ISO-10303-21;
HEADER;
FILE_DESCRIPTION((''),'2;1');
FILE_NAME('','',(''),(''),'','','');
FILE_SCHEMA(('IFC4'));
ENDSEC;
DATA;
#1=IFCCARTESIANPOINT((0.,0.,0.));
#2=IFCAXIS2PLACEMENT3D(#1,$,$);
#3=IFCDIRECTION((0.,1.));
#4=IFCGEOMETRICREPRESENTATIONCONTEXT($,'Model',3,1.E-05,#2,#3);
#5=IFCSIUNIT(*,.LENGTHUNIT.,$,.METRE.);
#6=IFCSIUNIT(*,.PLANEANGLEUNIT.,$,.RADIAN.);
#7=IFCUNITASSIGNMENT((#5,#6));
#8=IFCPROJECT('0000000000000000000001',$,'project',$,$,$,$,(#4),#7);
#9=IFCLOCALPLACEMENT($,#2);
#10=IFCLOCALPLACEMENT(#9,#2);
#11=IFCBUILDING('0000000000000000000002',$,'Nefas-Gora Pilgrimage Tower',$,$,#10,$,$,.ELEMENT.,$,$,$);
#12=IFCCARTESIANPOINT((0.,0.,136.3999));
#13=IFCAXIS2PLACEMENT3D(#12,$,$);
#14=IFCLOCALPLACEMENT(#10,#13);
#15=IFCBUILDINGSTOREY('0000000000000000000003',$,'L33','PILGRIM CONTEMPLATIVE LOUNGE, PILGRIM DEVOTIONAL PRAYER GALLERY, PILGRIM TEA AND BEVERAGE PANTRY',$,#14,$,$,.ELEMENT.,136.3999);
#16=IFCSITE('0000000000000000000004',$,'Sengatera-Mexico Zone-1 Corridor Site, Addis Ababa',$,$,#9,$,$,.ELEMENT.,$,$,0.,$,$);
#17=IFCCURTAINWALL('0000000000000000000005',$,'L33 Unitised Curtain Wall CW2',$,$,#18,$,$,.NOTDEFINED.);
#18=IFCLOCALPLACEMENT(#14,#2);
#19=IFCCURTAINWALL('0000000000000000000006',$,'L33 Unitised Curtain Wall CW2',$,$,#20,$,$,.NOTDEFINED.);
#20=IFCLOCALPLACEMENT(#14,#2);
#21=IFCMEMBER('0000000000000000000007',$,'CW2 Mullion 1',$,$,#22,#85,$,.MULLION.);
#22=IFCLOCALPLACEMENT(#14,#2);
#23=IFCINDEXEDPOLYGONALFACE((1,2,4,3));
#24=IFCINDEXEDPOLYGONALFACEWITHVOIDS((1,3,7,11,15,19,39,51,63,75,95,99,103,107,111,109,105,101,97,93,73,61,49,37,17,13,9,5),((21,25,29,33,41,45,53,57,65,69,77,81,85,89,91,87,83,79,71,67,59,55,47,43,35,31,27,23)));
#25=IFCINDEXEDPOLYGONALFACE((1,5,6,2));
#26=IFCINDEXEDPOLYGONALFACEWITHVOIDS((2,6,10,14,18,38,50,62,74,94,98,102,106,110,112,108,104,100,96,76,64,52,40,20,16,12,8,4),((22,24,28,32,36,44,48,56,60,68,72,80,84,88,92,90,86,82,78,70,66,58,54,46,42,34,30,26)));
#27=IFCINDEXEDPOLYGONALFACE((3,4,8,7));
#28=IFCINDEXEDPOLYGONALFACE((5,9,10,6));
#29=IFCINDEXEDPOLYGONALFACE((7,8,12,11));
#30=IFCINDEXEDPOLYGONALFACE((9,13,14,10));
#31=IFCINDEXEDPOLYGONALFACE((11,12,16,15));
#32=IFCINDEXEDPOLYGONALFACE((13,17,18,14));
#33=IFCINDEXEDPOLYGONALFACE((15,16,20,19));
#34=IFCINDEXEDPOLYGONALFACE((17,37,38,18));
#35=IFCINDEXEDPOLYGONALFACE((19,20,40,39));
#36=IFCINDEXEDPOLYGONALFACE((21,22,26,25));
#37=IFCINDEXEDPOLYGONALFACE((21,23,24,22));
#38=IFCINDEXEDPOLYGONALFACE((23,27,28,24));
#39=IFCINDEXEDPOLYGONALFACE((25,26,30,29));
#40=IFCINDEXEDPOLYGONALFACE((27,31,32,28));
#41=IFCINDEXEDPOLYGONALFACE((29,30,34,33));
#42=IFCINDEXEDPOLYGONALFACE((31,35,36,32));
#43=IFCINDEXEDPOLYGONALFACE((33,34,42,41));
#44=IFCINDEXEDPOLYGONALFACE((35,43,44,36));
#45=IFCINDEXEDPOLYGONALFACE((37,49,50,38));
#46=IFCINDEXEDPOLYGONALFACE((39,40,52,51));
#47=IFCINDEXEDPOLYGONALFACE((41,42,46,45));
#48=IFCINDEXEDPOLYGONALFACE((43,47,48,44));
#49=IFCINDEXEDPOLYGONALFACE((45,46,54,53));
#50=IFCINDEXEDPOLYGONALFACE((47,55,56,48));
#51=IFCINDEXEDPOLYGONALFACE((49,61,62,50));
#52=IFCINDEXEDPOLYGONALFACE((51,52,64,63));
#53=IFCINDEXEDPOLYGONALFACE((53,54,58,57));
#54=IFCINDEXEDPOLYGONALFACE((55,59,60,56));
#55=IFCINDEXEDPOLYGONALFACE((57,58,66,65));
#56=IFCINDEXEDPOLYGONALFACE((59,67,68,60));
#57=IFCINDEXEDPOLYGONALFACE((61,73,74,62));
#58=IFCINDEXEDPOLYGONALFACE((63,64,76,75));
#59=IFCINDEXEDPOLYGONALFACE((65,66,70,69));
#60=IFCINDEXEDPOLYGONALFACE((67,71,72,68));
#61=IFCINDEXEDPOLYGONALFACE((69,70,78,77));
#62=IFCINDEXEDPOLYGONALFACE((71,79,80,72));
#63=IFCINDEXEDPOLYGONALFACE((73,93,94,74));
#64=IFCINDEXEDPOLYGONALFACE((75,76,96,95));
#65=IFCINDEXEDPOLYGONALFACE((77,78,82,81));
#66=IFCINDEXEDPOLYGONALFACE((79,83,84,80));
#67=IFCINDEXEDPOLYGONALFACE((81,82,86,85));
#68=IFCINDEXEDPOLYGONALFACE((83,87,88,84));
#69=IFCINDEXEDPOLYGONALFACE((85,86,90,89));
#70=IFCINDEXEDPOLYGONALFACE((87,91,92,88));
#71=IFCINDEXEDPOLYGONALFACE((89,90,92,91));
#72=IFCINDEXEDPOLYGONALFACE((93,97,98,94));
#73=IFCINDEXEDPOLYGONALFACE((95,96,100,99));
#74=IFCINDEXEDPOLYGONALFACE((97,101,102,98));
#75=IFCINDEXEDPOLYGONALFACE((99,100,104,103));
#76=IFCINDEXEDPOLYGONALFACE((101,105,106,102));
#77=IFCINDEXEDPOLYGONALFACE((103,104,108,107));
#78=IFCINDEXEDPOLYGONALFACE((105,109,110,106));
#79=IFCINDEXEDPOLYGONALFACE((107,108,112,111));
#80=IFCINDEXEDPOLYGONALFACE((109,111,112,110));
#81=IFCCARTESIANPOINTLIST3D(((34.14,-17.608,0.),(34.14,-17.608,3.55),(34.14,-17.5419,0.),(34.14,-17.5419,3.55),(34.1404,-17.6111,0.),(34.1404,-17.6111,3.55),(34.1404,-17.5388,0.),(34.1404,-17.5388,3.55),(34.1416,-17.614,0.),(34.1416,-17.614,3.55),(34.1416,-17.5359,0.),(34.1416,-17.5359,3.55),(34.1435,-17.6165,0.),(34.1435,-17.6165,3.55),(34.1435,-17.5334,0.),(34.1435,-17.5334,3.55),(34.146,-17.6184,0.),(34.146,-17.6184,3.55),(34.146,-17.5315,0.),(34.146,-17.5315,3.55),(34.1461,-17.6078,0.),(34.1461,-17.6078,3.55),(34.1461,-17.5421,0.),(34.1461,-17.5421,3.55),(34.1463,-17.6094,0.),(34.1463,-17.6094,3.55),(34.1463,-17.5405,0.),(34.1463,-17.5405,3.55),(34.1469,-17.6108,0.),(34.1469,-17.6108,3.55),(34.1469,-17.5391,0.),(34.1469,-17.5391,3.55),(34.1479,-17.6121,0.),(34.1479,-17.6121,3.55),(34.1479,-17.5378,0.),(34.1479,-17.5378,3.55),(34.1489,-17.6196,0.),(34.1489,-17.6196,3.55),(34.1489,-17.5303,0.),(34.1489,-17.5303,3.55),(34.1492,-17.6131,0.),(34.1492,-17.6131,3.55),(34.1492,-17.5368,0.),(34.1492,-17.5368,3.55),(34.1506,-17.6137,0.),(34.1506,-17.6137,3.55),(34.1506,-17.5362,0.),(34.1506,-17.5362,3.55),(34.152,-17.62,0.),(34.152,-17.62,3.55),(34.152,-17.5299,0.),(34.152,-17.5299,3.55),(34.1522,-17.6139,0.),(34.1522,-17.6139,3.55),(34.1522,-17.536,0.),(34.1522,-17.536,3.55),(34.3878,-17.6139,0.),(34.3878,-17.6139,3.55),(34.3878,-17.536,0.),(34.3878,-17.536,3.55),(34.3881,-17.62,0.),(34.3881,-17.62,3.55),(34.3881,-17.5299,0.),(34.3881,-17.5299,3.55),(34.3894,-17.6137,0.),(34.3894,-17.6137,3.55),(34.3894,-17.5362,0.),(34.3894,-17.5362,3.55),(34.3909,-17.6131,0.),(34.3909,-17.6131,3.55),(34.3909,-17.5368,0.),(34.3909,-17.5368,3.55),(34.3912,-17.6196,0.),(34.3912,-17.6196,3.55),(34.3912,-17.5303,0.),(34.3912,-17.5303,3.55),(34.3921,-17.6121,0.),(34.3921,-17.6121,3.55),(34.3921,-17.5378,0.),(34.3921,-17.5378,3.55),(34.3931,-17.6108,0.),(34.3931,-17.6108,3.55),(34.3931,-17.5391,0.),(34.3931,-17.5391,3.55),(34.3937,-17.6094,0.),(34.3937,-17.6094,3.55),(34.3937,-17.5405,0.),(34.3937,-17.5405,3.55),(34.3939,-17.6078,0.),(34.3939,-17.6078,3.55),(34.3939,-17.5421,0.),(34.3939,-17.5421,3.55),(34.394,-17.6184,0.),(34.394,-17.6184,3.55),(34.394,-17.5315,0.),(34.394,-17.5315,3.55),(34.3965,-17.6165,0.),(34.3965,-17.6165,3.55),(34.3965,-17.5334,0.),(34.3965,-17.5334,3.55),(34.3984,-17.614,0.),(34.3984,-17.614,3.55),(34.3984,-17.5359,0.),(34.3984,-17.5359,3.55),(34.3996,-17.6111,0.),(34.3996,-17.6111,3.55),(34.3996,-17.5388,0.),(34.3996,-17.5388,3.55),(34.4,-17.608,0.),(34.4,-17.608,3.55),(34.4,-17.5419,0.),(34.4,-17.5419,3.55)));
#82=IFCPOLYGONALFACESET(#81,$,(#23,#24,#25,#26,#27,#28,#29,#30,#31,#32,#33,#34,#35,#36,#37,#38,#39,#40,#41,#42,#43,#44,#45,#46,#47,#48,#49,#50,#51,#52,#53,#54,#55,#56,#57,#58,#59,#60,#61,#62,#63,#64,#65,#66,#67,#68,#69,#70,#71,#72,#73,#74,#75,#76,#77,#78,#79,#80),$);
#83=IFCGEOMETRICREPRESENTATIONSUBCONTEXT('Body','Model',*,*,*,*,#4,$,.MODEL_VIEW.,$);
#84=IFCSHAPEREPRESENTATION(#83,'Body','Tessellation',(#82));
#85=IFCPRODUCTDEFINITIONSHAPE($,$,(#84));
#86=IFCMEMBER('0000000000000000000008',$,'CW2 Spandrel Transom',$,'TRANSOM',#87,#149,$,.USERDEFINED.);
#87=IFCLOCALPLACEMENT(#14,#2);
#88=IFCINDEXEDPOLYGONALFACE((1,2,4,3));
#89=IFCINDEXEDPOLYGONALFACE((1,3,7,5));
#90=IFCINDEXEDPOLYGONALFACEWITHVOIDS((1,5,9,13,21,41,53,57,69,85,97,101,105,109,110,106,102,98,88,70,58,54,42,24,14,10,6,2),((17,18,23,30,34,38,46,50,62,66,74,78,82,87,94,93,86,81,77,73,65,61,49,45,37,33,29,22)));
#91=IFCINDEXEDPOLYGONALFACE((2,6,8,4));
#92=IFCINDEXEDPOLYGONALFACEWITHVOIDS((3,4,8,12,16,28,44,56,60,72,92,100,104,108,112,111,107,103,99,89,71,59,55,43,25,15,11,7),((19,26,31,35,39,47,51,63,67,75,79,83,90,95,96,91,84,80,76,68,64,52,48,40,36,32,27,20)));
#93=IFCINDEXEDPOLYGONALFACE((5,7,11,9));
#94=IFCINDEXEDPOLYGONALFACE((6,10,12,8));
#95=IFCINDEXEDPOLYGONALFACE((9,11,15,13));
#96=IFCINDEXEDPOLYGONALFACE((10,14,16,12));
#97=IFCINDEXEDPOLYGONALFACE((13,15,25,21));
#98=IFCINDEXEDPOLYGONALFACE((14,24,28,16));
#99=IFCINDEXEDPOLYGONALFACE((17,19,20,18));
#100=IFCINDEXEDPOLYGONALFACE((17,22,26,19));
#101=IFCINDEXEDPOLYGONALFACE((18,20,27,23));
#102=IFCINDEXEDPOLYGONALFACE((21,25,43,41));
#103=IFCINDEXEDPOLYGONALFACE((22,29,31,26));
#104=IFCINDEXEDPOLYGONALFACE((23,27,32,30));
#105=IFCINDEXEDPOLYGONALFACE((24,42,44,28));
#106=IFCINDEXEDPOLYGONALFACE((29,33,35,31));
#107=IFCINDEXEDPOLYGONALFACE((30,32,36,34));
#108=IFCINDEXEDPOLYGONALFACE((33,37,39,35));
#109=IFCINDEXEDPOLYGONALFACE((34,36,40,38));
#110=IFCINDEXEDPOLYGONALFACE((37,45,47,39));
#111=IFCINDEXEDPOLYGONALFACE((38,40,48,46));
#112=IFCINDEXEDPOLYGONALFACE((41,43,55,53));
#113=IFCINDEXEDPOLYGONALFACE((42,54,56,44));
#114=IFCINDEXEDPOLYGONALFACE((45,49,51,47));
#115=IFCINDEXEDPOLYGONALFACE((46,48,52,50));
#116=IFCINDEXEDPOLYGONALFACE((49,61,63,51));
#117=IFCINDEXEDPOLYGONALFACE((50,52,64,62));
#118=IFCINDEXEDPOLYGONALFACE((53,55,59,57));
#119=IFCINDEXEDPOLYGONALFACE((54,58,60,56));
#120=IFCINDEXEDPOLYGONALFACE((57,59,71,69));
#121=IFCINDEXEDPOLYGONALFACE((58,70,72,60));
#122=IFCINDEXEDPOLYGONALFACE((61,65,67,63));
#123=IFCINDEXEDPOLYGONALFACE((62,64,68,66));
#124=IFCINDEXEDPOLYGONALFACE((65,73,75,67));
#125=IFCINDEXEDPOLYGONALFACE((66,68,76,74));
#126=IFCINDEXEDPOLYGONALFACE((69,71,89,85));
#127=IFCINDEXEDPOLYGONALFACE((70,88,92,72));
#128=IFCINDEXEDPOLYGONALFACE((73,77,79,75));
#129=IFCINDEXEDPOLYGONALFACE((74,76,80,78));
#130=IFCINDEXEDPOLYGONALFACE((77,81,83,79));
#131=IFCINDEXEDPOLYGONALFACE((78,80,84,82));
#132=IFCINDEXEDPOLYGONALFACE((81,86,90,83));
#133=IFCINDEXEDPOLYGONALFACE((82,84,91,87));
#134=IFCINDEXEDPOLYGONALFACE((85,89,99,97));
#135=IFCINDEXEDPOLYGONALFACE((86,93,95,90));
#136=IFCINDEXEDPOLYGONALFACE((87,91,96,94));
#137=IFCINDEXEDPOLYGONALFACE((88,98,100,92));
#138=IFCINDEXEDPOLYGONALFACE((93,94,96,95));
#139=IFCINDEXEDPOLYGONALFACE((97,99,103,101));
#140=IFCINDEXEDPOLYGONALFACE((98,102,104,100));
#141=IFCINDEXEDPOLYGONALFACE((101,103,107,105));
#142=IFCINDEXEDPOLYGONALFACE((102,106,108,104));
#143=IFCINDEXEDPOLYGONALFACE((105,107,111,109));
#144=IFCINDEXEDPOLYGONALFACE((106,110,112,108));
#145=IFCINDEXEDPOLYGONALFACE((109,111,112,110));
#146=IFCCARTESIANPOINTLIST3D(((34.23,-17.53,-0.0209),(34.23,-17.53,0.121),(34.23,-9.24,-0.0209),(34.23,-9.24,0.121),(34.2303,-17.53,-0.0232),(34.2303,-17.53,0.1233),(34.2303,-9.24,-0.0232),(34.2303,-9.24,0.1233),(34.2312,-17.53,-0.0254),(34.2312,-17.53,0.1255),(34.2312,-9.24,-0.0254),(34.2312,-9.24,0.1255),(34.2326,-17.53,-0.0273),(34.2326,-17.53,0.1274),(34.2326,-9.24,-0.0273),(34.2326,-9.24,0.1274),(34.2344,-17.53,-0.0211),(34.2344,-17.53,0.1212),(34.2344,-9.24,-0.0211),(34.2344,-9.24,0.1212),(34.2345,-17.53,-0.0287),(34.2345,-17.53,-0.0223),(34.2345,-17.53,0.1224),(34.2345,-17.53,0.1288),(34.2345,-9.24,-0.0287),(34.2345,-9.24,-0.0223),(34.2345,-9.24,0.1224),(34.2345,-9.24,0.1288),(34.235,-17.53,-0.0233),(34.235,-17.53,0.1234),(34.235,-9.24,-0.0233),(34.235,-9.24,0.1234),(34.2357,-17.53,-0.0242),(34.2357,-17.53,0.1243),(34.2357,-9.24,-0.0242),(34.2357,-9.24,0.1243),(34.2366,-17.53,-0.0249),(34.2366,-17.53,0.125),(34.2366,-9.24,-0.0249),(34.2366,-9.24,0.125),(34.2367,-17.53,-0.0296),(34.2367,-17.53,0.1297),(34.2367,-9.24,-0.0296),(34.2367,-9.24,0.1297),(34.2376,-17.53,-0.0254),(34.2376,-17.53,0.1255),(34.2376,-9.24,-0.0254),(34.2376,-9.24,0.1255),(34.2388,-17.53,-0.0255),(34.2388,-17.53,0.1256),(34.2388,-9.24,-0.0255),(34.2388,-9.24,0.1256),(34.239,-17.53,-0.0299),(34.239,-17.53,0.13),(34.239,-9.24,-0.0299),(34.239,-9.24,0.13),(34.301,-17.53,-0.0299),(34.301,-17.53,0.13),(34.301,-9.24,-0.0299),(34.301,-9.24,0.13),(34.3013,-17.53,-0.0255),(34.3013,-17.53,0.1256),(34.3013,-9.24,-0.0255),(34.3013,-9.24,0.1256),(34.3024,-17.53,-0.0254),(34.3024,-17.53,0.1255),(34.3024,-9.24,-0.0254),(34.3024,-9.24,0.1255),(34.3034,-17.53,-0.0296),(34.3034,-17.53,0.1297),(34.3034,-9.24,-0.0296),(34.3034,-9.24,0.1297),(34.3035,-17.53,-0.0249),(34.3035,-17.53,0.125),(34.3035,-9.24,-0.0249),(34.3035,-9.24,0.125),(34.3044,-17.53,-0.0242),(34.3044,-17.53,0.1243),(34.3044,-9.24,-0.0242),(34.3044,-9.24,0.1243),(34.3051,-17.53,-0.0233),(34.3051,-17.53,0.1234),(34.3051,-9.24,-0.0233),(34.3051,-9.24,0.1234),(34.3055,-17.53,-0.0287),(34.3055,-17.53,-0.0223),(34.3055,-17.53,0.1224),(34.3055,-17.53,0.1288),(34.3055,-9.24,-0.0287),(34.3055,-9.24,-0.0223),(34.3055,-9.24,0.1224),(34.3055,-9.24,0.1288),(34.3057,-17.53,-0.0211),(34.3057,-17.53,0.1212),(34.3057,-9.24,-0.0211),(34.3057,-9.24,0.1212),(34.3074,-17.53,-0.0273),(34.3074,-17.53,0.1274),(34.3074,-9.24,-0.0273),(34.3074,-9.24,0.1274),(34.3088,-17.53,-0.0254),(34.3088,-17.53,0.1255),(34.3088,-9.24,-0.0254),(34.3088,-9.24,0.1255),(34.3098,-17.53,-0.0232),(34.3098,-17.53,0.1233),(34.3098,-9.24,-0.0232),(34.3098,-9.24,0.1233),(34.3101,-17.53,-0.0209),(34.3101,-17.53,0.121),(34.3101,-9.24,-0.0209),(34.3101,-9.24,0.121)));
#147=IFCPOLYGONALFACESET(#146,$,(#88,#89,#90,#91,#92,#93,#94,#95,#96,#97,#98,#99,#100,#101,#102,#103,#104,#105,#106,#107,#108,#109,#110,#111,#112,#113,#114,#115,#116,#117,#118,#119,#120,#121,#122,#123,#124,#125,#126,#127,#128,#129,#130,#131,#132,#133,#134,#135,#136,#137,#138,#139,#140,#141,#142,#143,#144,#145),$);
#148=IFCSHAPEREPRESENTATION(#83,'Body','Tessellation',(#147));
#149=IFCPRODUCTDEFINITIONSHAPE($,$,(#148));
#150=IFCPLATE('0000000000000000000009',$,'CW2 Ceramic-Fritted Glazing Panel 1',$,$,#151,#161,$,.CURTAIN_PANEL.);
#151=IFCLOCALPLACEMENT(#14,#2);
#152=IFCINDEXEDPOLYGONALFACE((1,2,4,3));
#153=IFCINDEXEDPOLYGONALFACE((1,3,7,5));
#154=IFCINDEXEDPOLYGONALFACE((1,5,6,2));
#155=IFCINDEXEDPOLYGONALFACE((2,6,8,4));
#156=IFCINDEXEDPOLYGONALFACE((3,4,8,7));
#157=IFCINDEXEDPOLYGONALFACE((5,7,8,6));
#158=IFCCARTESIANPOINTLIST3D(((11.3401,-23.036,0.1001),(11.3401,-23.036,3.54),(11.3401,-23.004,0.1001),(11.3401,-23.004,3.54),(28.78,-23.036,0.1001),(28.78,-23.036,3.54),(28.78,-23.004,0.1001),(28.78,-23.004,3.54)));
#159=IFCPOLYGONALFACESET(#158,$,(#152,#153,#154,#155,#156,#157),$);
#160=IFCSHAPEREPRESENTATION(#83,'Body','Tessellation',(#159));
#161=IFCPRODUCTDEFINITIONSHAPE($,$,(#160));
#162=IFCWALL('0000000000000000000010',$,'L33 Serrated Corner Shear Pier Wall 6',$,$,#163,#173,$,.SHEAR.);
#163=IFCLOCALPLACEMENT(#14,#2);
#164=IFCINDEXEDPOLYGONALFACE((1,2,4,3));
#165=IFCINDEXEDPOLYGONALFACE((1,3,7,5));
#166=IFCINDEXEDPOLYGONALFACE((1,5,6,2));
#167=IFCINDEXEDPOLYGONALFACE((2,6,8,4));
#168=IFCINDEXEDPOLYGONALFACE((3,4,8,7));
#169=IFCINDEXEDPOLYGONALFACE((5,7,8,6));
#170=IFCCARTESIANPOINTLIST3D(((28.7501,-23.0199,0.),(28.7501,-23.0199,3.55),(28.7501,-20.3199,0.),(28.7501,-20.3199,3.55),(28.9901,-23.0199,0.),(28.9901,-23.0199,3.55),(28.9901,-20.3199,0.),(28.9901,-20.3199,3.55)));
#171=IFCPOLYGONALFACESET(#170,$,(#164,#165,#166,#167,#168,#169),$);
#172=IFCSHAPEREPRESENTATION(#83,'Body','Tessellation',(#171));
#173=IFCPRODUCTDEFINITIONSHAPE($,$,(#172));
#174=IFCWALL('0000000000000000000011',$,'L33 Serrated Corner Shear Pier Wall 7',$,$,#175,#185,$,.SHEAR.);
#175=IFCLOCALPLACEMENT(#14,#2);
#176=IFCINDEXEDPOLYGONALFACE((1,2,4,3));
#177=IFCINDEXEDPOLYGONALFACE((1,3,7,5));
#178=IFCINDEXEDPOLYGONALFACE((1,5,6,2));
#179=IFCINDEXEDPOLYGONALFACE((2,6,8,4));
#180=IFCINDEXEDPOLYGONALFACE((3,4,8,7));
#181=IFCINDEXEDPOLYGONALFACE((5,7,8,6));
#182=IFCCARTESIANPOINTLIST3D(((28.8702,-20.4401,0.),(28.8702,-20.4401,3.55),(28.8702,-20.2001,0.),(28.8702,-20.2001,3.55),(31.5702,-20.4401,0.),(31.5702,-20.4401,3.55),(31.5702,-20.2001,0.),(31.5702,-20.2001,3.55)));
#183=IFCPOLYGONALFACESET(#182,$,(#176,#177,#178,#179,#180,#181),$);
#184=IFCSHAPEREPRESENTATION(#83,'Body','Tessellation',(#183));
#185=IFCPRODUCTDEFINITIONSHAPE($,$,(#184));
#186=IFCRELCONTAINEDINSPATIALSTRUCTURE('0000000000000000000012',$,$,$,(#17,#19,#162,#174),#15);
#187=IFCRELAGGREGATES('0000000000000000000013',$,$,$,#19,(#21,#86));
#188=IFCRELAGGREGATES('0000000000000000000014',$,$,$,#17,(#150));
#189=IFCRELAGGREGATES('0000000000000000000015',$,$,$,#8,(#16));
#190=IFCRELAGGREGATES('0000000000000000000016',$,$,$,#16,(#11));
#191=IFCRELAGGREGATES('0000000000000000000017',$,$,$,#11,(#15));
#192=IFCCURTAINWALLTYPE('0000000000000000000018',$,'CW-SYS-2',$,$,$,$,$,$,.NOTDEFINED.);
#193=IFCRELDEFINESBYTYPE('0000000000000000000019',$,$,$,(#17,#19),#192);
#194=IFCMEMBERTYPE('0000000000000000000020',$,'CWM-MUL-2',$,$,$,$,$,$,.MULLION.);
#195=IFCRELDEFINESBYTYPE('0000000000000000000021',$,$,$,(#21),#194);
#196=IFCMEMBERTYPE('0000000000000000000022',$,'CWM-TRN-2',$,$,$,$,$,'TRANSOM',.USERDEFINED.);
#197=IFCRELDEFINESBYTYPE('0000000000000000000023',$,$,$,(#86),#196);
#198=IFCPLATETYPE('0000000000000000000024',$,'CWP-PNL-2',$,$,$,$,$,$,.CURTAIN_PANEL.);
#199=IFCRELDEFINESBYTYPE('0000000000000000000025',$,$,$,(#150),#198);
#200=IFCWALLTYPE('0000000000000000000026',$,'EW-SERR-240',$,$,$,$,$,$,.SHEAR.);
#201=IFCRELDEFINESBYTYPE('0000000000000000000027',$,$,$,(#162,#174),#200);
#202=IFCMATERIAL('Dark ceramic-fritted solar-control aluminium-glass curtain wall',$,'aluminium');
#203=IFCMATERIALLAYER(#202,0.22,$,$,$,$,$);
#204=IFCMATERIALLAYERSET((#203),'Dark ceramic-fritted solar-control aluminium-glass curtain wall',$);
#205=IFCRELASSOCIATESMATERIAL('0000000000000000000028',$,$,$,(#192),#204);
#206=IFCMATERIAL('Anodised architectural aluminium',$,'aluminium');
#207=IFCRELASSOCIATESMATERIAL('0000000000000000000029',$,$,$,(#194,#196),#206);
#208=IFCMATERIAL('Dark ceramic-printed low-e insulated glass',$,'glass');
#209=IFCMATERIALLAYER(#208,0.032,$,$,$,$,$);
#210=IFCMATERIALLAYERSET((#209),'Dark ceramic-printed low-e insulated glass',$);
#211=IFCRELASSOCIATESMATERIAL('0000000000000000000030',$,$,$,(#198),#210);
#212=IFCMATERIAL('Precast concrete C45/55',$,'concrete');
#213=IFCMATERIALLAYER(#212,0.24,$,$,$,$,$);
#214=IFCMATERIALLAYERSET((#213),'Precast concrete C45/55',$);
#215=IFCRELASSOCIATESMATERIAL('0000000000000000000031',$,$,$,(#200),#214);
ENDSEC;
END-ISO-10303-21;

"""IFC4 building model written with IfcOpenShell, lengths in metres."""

from ifc_helpers import new_model, si_unit, direction, frame, frame_2d, origin, origin_2d, place, context, subcontext, project, spatial, rectangle, hollow_rectangle, extrude, source, transform, mapped, material, layer, layer_set, material_profile, profile_set, type_object, element, aggregate, save


model = new_model("IFC4")

# Units and contexts
model_context = context("Model", 3, precision=1e-05, world=origin(), true_north=direction((0.0, 1.0)))
body_context = subcontext(model_context, "Body", "Model", "MODEL_VIEW")
ifc_project = project(units=[si_unit("LENGTHUNIT", "METRE"), si_unit("PLANEANGLEUNIT", "RADIAN")], contexts=[model_context])

# Site, building, storey
site_placement = place(None, origin())
site = spatial("IfcSite", under=ifc_project, at=site_placement, Name="Sengatera-Mexico Zone-1 Corridor Site, Addis Ababa", CompositionType="ELEMENT", RefElevation=0.0)
building_placement = place(site_placement, origin())
building = spatial("IfcBuilding", under=site, at=building_placement, Name="Nefas-Gora Pilgrimage Tower", CompositionType="ELEMENT")
storey_placement = place(building_placement, frame((0.0, 0.0, 136.3999)))
storey = spatial("IfcBuildingStorey", under=building, at=storey_placement, Name="L33", Description="PILGRIM CONTEMPLATIVE LOUNGE, PILGRIM DEVOTIONAL PRAYER GALLERY, PILGRIM TEA AND BEVERAGE PANTRY", CompositionType="ELEMENT", Elevation=136.3999)

# Curtain wall
ifc_material_1 = material(Name="Dark ceramic-fritted solar-control aluminium-glass curtain wall", Category="aluminium")
ifc_layer_1 = layer(ifc_material_1, 0.22)
ifc_layer_set_1 = layer_set([ifc_layer_1], Name="Dark ceramic-fritted solar-control aluminium-glass curtain wall")
curtain_wall_type = type_object("IfcCurtainWallType", Name="CW-SYS-2", PredefinedType="NOTDEFINED", material=ifc_layer_set_1)
curtain_wall_1_placement = place(storey_placement, origin())
curtain_wall_1 = element("IfcCurtainWall", 1, at=curtain_wall_1_placement, inside=storey, type_object=curtain_wall_type, Name="L33 Unitised Curtain Wall CW2", PredefinedType="NOTDEFINED")
ifc_material_2 = material(Name="Anodised architectural aluminium", Category="aluminium")
ifc_material_profile_1 = material_profile(ifc_material_2, hollow_rectangle(XDim=0.0901, YDim=0.26, WallThickness=0.0061, InnerFilletRadius=0.0061, OuterFilletRadius=0.012, at=origin_2d()), Name="ALU MULLION 90x260")
ifc_profile_set_1 = profile_set([ifc_material_profile_1], Name="Anodised architectural aluminium")
member_type_1 = type_object("IfcMemberType", Name="CWM-MUL-2", PredefinedType="MULLION", material=ifc_profile_set_1)
shared_shape_1 = source(origin(), body_context, "Body", "SweptSolid", [
    extrude(hollow_rectangle(XDim=0.0901, YDim=0.26, WallThickness=0.0061, InnerFilletRadius=0.0061, OuterFilletRadius=0.012, at=origin_2d()), origin(), (0.0, 0.0, 1.0), 3.55),
])

# Curtain wall, members
curtain_wall_2_placement = place(storey_placement, origin())
curtain_wall_2 = element("IfcCurtainWall", 2, at=curtain_wall_2_placement, inside=storey, type_object=curtain_wall_type, Name="L33 Unitised Curtain Wall CW2", PredefinedType="NOTDEFINED")
member_1_placement = place(storey_placement, frame((34.27, -17.575, 0.0), z_axis=(0.0, 0.0, 1.0), x_axis=(0.0, 1.0, 0.0)))
member_1 = element("IfcMember", 3, at=member_1_placement, type_object=member_type_1, Name="CW2 Mullion 1", PredefinedType="MULLION", context=body_context, shape_type="MappedRepresentation", body=[
    mapped(shared_shape_1, transform((0.0, 0.0, 0.0), x_axis=(1.0, 0.0, 0.0), y_axis=(0.0, 1.0, 0.0), z_axis=(0.0, 0.0, 1.0), scale=1.0)),
])
ifc_material_profile_2 = material_profile(ifc_material_2, hollow_rectangle(XDim=0.0801, YDim=0.1599, WallThickness=0.0044, InnerFilletRadius=0.0044, OuterFilletRadius=0.009, at=origin_2d()), Name="ALU TRANSOM 80x160")
ifc_profile_set_2 = profile_set([ifc_material_profile_2], Name="Anodised architectural aluminium")
member_type_2 = type_object("IfcMemberType", Name="CWM-TRN-2", ElementType="TRANSOM", PredefinedType="USERDEFINED", material=ifc_profile_set_2)
shared_shape_2 = source(origin(), body_context, "Body", "SweptSolid", [
    extrude(hollow_rectangle(XDim=0.0801, YDim=0.1599, WallThickness=0.0044, InnerFilletRadius=0.0044, OuterFilletRadius=0.009, at=origin_2d()), origin(), (0.0, 0.0, 1.0), 8.29),
])
member_2_placement = place(storey_placement, frame((34.27, -17.53, 0.05), z_axis=(0.0, 1.0, 0.0), x_axis=(-1.0, 0.0, 0.0)))
member_2 = element("IfcMember", 4, at=member_2_placement, type_object=member_type_2, Name="CW2 Spandrel Transom", ObjectType="TRANSOM", PredefinedType="USERDEFINED", context=body_context, shape_type="MappedRepresentation", body=[
    mapped(shared_shape_2, transform((0.0, 0.0, 0.0), x_axis=(1.0, 0.0, 0.0), y_axis=(0.0, 1.0, 0.0), z_axis=(0.0, 0.0, 1.0), scale=1.0)),
])
aggregate(curtain_wall_2, [member_1, member_2])

# Plate
ifc_material_3 = material(Name="Dark ceramic-printed low-e insulated glass", Category="glass")
ifc_layer_2 = layer(ifc_material_3, 0.032)
ifc_layer_set_2 = layer_set([ifc_layer_2], Name="Dark ceramic-printed low-e insulated glass")
plate_type = type_object("IfcPlateType", Name="CWP-PNL-2", PredefinedType="CURTAIN_PANEL", material=ifc_layer_set_2)
shared_shape_3 = source(origin(), body_context, "Body", "SweptSolid", [
    extrude(rectangle(XDim=17.4399, YDim=0.032, at=origin_2d()), origin(), (0.0, 0.0, 1.0), 3.4399),
])
plate_placement = place(storey_placement, frame((20.0601, -23.02, 0.1001), z_axis=(0.0, 0.0, 1.0), x_axis=(1.0, 0.0, 0.0)))
plate = element("IfcPlate", 5, at=plate_placement, type_object=plate_type, Name="CW2 Ceramic-Fritted Glazing Panel 1", PredefinedType="CURTAIN_PANEL", context=body_context, shape_type="MappedRepresentation", body=[
    mapped(shared_shape_3, transform((0.0, 0.0, 0.0), x_axis=(1.0, 0.0, 0.0), y_axis=(0.0, 1.0, 0.0), z_axis=(0.0, 0.0, 1.0), scale=1.0)),
])
aggregate(curtain_wall_1, [plate])

# Walls
ifc_material_4 = material(Name="Precast concrete C45/55", Category="concrete")
ifc_layer_3 = layer(ifc_material_4, 0.24)
ifc_layer_set_3 = layer_set([ifc_layer_3], Name="Precast concrete C45/55")
wall_type = type_object("IfcWallType", Name="EW-SERR-240", PredefinedType="SHEAR", material=ifc_layer_set_3)
shared_shape_4 = source(origin(), body_context, "Body", "SweptSolid", [
    extrude(rectangle(XDim=2.7, YDim=0.24, at=frame_2d((1.3501, 0.0))), origin(), (0.0, 0.0, 1.0), 3.55),
])
for number, where, z_axis, x_axis, name in (
    (6, (28.8701, -23.02, 0.0), (0.0, 0.0, 1.0), (0.0, 1.0, 0.0), "L33 Serrated Corner Shear Pier Wall 6"),
    (7, (28.8701, -20.3201, 0.0), (0.0, 0.0, 1.0), (1.0, 0.0, 0.0), "L33 Serrated Corner Shear Pier Wall 7"),
):
    element("IfcWall", number, at=place(storey_placement, frame(where, z_axis=z_axis, x_axis=x_axis)), inside=storey, type_object=wall_type, Name=name, PredefinedType="SHEAR", context=body_context, shape_type="MappedRepresentation", body=[
        mapped(shared_shape_4, transform((0.0, 0.0, 0.0), x_axis=(1.0, 0.0, 0.0), y_axis=(0.0, 1.0, 0.0), z_axis=(0.0, 0.0, 1.0), scale=1.0)),
    ])

save(model, "model.ifc")
